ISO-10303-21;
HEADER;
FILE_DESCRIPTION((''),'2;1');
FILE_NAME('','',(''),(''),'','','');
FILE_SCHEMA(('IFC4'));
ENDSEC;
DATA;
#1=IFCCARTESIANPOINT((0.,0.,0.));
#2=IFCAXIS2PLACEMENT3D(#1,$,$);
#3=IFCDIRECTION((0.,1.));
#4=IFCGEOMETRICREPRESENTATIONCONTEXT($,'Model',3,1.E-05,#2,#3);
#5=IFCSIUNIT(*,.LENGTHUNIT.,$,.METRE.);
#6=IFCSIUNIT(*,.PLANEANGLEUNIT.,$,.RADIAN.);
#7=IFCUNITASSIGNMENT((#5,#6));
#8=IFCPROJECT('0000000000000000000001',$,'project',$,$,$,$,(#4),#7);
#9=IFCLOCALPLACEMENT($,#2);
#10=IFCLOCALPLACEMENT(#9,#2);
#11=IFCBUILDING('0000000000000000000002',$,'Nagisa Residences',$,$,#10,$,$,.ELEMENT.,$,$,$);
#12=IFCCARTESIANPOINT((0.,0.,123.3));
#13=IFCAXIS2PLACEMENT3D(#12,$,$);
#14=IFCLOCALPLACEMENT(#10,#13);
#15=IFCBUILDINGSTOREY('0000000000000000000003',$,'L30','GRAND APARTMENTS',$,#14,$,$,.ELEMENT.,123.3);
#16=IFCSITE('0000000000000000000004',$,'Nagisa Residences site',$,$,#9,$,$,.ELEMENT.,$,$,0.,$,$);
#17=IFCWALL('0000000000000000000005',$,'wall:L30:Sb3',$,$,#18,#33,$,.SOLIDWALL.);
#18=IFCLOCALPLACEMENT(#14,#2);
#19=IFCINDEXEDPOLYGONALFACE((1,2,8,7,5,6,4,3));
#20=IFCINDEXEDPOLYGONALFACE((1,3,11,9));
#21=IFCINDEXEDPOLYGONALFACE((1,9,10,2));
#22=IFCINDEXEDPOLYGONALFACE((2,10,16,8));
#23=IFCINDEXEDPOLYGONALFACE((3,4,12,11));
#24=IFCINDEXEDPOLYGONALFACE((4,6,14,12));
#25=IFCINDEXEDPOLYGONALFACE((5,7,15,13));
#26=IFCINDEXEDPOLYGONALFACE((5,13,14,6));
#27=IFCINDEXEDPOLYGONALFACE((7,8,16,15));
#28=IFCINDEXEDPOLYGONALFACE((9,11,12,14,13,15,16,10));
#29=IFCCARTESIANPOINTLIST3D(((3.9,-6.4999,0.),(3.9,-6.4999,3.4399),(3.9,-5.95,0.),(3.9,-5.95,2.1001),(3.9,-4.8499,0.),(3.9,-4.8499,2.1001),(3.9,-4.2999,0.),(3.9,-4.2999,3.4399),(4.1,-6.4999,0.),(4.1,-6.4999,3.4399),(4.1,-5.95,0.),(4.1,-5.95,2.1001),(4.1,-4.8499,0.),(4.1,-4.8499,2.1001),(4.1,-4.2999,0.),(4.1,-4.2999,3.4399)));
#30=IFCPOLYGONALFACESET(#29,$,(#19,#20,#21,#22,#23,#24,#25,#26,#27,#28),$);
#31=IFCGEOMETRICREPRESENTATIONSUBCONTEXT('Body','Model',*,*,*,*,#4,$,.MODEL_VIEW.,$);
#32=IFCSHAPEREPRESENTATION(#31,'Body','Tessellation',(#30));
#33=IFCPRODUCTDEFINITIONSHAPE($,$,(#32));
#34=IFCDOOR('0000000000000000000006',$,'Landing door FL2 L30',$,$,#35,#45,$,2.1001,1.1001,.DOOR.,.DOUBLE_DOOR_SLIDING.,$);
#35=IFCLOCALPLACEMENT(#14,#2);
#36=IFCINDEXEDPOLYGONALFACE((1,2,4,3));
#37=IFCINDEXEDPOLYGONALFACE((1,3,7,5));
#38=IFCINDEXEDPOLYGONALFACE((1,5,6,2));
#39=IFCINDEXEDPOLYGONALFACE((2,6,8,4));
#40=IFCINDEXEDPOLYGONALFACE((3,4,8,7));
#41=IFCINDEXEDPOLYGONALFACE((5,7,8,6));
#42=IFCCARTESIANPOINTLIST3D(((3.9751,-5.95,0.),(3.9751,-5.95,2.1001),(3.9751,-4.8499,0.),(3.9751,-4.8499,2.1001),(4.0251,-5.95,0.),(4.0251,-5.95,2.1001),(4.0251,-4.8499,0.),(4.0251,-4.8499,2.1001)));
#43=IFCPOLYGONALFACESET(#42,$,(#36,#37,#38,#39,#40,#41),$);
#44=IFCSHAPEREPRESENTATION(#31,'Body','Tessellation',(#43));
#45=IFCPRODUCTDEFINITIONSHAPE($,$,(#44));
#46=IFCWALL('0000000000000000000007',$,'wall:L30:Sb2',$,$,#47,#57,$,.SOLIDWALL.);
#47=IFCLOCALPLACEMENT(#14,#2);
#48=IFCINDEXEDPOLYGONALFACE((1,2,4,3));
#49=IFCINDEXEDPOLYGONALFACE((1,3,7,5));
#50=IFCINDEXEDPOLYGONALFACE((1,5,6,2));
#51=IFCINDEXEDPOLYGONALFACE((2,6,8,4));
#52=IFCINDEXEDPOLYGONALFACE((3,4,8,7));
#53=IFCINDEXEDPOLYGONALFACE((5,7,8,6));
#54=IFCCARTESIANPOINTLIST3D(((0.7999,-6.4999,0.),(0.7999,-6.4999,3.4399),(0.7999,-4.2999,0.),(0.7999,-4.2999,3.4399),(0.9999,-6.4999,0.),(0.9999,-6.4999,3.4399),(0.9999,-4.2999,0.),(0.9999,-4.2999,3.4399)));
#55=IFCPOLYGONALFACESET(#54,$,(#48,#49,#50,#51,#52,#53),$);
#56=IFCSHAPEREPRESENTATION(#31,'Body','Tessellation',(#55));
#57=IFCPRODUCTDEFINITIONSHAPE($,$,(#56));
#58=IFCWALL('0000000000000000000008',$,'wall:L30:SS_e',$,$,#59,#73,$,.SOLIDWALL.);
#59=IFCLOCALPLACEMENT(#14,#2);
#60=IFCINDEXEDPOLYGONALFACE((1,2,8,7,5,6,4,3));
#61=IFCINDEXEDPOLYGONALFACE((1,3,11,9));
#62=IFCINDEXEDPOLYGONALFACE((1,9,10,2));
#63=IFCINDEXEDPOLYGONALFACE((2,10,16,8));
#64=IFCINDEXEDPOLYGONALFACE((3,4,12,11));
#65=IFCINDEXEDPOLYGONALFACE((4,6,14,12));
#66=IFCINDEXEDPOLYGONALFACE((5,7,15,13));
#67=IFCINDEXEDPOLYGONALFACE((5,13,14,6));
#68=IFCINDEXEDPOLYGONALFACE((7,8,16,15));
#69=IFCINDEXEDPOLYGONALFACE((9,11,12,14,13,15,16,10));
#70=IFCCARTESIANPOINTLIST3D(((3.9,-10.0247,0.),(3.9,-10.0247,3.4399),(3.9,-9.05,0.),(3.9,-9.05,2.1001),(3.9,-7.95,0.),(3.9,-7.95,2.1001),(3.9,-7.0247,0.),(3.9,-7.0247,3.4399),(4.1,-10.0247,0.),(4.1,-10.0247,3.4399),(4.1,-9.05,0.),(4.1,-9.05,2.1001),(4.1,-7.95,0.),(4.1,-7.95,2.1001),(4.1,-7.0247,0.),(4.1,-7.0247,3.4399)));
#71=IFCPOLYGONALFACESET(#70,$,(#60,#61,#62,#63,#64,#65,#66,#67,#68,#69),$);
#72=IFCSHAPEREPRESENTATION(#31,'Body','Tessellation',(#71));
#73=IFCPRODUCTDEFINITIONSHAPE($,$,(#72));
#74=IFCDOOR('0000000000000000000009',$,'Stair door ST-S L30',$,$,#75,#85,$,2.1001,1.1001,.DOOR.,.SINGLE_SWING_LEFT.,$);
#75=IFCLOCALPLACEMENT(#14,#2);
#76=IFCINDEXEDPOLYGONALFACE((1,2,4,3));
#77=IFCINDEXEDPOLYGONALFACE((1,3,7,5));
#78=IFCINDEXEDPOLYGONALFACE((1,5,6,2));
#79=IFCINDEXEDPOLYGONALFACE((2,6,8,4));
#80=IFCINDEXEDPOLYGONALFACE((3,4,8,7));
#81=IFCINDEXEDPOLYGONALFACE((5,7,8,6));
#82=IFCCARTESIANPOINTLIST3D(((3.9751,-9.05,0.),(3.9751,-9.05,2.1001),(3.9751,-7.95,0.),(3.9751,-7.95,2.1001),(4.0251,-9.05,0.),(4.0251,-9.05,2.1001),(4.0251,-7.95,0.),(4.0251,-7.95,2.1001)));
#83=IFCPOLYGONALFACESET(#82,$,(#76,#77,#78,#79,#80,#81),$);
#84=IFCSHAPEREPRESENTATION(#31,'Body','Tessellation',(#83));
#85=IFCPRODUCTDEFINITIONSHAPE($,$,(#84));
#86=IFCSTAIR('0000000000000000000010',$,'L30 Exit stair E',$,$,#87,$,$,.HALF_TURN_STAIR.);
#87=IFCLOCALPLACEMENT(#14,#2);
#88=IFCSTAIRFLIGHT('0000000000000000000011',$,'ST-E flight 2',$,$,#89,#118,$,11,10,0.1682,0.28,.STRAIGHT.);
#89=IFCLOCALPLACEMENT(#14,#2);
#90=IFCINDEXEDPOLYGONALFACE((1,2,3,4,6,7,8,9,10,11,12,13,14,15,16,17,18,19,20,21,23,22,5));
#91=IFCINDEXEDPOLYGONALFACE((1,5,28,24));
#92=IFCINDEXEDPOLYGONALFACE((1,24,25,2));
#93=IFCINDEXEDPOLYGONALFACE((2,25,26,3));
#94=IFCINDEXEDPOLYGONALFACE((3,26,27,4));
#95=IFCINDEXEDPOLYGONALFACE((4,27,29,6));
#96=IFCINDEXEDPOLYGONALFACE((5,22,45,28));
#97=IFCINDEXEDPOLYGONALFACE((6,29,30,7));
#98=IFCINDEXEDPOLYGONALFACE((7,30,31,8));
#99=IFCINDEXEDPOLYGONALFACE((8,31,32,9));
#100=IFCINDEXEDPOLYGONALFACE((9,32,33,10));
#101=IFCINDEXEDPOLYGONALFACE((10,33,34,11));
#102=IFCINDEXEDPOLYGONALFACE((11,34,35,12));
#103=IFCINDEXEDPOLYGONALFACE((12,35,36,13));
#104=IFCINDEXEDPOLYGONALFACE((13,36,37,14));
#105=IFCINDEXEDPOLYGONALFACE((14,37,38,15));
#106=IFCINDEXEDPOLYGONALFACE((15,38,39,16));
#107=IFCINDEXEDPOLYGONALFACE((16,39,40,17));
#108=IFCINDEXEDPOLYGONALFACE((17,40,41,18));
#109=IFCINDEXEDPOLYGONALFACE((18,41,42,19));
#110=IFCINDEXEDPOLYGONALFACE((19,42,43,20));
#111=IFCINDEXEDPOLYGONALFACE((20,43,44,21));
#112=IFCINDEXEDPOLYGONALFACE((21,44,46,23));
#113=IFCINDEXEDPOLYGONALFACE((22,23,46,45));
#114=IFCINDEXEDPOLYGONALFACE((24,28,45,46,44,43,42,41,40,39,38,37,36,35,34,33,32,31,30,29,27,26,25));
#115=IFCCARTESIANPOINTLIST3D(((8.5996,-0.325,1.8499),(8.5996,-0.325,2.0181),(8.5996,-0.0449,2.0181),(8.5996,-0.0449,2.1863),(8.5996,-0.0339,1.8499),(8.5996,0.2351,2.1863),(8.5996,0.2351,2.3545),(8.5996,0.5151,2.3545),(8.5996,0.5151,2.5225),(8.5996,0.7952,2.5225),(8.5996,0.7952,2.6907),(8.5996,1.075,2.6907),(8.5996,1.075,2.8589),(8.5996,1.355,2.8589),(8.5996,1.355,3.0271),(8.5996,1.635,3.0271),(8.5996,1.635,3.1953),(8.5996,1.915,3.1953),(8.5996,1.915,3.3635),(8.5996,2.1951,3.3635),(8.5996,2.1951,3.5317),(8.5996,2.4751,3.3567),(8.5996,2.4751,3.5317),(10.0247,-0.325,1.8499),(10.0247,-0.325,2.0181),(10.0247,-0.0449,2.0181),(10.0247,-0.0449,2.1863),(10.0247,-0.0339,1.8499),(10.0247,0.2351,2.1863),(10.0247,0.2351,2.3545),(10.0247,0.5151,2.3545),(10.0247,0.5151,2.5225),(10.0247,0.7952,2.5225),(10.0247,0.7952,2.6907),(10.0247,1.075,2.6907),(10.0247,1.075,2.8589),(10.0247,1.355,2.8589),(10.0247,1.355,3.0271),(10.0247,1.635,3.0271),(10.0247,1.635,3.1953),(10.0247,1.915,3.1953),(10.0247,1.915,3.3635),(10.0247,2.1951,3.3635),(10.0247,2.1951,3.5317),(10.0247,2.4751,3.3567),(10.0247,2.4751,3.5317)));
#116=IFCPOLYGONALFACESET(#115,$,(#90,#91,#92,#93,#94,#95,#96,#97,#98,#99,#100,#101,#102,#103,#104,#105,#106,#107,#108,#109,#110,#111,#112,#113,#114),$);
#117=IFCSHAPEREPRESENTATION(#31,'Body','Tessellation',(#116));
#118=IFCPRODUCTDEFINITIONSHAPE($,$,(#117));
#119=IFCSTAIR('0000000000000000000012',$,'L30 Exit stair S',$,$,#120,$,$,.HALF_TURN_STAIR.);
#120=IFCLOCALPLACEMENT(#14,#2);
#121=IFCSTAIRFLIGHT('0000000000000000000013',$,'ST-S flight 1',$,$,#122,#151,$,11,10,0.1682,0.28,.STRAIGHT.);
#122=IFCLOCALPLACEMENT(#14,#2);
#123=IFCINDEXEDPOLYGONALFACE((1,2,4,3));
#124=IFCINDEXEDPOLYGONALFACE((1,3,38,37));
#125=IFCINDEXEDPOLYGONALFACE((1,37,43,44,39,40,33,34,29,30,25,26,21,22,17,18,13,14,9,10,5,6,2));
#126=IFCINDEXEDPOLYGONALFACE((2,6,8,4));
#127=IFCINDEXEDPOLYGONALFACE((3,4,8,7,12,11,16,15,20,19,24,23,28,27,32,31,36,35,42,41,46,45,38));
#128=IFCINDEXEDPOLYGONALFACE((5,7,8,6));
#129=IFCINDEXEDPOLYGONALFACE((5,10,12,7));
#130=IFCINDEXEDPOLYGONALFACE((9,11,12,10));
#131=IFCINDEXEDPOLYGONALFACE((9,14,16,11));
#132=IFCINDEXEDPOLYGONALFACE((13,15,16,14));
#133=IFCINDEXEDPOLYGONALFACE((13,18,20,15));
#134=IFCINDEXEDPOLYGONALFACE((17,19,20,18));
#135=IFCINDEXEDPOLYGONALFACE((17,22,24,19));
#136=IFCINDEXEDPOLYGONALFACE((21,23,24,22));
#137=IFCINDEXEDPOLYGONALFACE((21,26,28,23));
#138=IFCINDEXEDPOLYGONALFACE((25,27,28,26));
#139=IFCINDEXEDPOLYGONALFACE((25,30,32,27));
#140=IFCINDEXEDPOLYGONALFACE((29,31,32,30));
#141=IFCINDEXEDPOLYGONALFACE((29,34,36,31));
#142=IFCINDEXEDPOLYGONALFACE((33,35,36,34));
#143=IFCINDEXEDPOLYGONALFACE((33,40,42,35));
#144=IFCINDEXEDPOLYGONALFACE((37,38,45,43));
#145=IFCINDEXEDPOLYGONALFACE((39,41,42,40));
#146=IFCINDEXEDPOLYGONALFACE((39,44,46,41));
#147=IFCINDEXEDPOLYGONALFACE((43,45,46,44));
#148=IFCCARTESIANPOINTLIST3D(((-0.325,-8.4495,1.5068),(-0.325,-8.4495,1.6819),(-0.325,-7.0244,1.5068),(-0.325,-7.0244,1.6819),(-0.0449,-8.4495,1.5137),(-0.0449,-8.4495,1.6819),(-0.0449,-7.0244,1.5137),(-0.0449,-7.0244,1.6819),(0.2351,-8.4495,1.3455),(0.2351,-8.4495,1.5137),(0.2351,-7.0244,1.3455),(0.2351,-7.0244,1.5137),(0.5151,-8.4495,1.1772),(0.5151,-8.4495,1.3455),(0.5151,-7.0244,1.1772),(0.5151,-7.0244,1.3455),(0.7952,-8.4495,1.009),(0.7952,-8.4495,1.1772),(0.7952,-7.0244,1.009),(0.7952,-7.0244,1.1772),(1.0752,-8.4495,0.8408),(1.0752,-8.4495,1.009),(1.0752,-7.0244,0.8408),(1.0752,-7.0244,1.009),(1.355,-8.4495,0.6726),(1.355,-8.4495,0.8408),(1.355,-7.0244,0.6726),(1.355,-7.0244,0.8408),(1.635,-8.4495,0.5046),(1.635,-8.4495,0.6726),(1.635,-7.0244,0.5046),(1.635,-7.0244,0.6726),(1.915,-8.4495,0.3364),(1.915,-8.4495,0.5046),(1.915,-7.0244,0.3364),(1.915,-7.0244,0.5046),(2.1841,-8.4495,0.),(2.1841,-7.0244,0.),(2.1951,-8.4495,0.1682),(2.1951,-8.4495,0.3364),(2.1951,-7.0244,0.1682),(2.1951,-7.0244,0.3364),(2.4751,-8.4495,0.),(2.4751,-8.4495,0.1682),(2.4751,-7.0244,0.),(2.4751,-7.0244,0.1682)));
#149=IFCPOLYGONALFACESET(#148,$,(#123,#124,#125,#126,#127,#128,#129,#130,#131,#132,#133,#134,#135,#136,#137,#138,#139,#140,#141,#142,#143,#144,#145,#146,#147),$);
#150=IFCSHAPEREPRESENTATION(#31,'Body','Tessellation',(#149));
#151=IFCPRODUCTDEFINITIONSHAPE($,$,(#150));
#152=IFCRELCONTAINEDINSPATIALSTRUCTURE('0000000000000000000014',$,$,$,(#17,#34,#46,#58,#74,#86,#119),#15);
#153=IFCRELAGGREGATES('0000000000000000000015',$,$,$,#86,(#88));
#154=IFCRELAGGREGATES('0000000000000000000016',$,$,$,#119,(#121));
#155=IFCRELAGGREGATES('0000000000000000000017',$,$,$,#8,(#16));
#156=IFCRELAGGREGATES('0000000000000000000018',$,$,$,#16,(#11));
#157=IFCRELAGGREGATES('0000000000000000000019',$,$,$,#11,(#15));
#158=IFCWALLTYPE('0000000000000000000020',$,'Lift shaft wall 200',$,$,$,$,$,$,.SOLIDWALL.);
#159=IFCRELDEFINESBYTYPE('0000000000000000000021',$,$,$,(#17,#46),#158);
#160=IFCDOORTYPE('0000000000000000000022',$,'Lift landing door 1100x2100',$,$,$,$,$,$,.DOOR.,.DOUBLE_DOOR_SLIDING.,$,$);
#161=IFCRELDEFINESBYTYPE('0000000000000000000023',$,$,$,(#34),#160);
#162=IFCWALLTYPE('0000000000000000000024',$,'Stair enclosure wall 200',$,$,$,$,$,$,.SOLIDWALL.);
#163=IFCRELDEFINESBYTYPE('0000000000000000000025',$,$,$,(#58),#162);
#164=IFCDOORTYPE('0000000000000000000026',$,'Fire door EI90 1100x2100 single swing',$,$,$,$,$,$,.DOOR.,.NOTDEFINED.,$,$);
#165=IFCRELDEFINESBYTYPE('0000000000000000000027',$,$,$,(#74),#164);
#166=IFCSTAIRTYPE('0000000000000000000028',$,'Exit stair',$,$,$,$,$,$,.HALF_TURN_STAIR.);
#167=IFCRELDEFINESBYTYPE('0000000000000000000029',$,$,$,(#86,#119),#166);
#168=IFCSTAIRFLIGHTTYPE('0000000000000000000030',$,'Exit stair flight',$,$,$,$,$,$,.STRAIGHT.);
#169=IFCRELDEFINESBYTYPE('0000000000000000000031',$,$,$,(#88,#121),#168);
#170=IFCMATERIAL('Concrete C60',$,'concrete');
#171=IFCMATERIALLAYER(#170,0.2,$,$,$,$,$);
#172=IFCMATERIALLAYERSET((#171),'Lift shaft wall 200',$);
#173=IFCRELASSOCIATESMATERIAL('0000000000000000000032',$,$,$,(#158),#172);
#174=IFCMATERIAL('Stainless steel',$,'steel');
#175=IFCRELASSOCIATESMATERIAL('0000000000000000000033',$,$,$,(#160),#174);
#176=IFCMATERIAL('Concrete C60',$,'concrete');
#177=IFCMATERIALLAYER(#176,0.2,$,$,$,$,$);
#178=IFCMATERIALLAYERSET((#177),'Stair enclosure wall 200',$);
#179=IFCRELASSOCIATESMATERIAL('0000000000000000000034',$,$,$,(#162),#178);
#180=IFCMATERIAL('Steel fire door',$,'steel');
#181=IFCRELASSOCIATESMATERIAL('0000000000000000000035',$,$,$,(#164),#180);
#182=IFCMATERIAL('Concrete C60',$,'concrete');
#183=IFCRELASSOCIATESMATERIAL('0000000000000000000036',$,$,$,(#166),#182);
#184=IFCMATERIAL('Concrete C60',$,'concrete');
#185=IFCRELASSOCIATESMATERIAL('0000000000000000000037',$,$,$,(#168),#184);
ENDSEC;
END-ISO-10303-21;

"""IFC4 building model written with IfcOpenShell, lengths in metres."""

from ifc_helpers import new_model, si_unit, direction, frame, frame_2d, origin, place, context, subcontext, project, spatial, polyline, rectangle, outline, extrude, material, layer, layer_set, type_object, element, fill, aggregate, save


model = new_model("IFC4")

# Units and contexts
model_context = context("Model", 3, precision=1e-05, world=origin(), true_north=direction((0.0, 1.0)))
body_context = subcontext(model_context, "Body", "Model", "MODEL_VIEW")
ifc_project = project(units=[si_unit("LENGTHUNIT", "METRE"), si_unit("PLANEANGLEUNIT", "RADIAN")], contexts=[model_context])

# Site, building, storey
site_placement = place(None, origin())
site = spatial("IfcSite", under=ifc_project, at=site_placement, Name="Nagisa Residences site", CompositionType="ELEMENT", RefElevation=0.0)
building_placement = place(site_placement, origin())
building = spatial("IfcBuilding", under=site, at=building_placement, Name="Nagisa Residences", CompositionType="ELEMENT")
storey_placement = place(building_placement, frame((0.0, 0.0, 123.3)))
storey = spatial("IfcBuildingStorey", under=building, at=storey_placement, Name="L30", Description="GRAND APARTMENTS", CompositionType="ELEMENT", Elevation=123.3)

# Wall, opening, door
ifc_material_1 = material(Name="Concrete C60", Category="concrete")
ifc_layer_1 = layer(ifc_material_1, 0.2)
ifc_layer_set_1 = layer_set([ifc_layer_1], Name="Lift shaft wall 200")
wall_type_1 = type_object("IfcWallType", Name="Lift shaft wall 200", PredefinedType="SOLIDWALL", material=ifc_layer_set_1)
wall_1_placement = place(storey_placement, frame((4.0, -6.5, 0.0), z_axis=(0.0, 0.0, 1.0), x_axis=(0.0, 1.0, 0.0)))
wall_1 = element("IfcWall", 1, at=wall_1_placement, inside=storey, type_object=wall_type_1, Name="wall:L30:Sb3", PredefinedType="SOLIDWALL", context=body_context, shape_type="SweptSolid", body=[
    extrude(rectangle(XDim=2.2, YDim=0.2, at=frame_2d((1.1001, 0.0))), origin(), (0.0, 0.0, 1.0), 3.4399),
])
opening_1_placement = place(wall_1_placement, frame((0.55, 0.0, 0.0)))
opening_1 = element("IfcOpeningElement", 2, at=opening_1_placement, cuts=wall_1, PredefinedType="OPENING", context=body_context, shape_type="SweptSolid", body=[
    extrude(rectangle(XDim=1.1001, YDim=2.1001, at=frame_2d((0.55, 1.05))), frame((0.0, 0.1099, 0.0), z_axis=(0.0, -1.0, 0.0), x_axis=(1.0, 0.0, 0.0)), (0.0, 0.0, 1.0), 0.22),
])
ifc_material_2 = material(Name="Stainless steel", Category="steel")
door_type_1 = type_object("IfcDoorType", Name="Lift landing door 1100x2100", OperationType="DOUBLE_DOOR_SLIDING", PredefinedType="DOOR", material=ifc_material_2)
door_1_placement = place(opening_1_placement, origin())
door_1 = element("IfcDoor", 3, at=door_1_placement, inside=storey, type_object=door_type_1, Name="Landing door FL2 L30", OperationType="DOUBLE_DOOR_SLIDING", OverallHeight=2.1001, OverallWidth=1.1001, PredefinedType="DOOR", context=body_context, shape_type="SweptSolid", body=[
    extrude(rectangle(XDim=1.1001, YDim=2.1001, at=frame_2d((0.55, 1.05))), frame((0.0, 0.0249, 0.0), z_axis=(0.0, -1.0, 0.0), x_axis=(1.0, 0.0, 0.0)), (0.0, 0.0, 1.0), 0.05),
])
fill(opening_1, door_1)

# Wall
wall_2_placement = place(storey_placement, frame((0.8999, -6.5, 0.0), z_axis=(0.0, 0.0, 1.0), x_axis=(0.0, 1.0, 0.0)))
element("IfcWall", 4, at=wall_2_placement, inside=storey, type_object=wall_type_1, Name="wall:L30:Sb2", PredefinedType="SOLIDWALL", context=body_context, shape_type="SweptSolid", body=[
    extrude(rectangle(XDim=2.2, YDim=0.2, at=frame_2d((1.1001, 0.0))), origin(), (0.0, 0.0, 1.0), 3.4399),
])

# Wall, opening, door
ifc_material_3 = material(Name="Concrete C60", Category="concrete")
ifc_layer_2 = layer(ifc_material_3, 0.2)
ifc_layer_set_2 = layer_set([ifc_layer_2], Name="Stair enclosure wall 200")
wall_type_2 = type_object("IfcWallType", Name="Stair enclosure wall 200", PredefinedType="SOLIDWALL", material=ifc_layer_set_2)
wall_3_placement = place(storey_placement, frame((4.0, -10.0247, 0.0), z_axis=(0.0, 0.0, 1.0), x_axis=(0.0, 1.0, 0.0)))
wall_3 = element("IfcWall", 5, at=wall_3_placement, inside=storey, type_object=wall_type_2, Name="wall:L30:SS_e", PredefinedType="SOLIDWALL", context=body_context, shape_type="SweptSolid", body=[
    extrude(rectangle(XDim=3.0, YDim=0.2, at=frame_2d((1.5, 0.0))), origin(), (0.0, 0.0, 1.0), 3.4399),
])
opening_2_placement = place(wall_3_placement, frame((0.9746, 0.0, 0.0)))
opening_2 = element("IfcOpeningElement", 6, at=opening_2_placement, cuts=wall_3, PredefinedType="OPENING", context=body_context, shape_type="SweptSolid", body=[
    extrude(rectangle(XDim=1.1001, YDim=2.1001, at=frame_2d((0.55, 1.05))), frame((0.0, 0.1099, 0.0), z_axis=(0.0, -1.0, 0.0), x_axis=(1.0, 0.0, 0.0)), (0.0, 0.0, 1.0), 0.22),
])
ifc_material_4 = material(Name="Steel fire door", Category="steel")
door_type_2 = type_object("IfcDoorType", Name="Fire door EI90 1100x2100 single swing", OperationType="NOTDEFINED", PredefinedType="DOOR", material=ifc_material_4)
door_2_placement = place(opening_2_placement, origin())
door_2 = element("IfcDoor", 7, at=door_2_placement, inside=storey, type_object=door_type_2, Name="Stair door ST-S L30", OperationType="SINGLE_SWING_LEFT", OverallHeight=2.1001, OverallWidth=1.1001, PredefinedType="DOOR", context=body_context, shape_type="SweptSolid", body=[
    extrude(rectangle(XDim=1.1001, YDim=2.1001, at=frame_2d((0.55, 1.05))), frame((0.0, 0.0249, 0.0), z_axis=(0.0, -1.0, 0.0), x_axis=(1.0, 0.0, 0.0)), (0.0, 0.0, 1.0), 0.05),
])
fill(opening_2, door_2)

# Stair, stair flight
ifc_material_5 = material(Name="Concrete C60", Category="concrete")
stair_type = type_object("IfcStairType", Name="Exit stair", PredefinedType="HALF_TURN_STAIR", material=ifc_material_5)
stair_1_placement = place(storey_placement, origin())
stair_1 = element("IfcStair", 8, at=stair_1_placement, inside=storey, type_object=stair_type, Name="L30 Exit stair E", PredefinedType="HALF_TURN_STAIR")
ifc_material_6 = material(Name="Concrete C60", Category="concrete")
stair_flight_type = type_object("IfcStairFlightType", Name="Exit stair flight", PredefinedType="STRAIGHT", material=ifc_material_6)
stair_flight_1_placement = place(storey_placement, frame((9.312, -0.325, 1.8499), z_axis=(0.0, 0.0, 1.0), x_axis=(0.0, 1.0, 0.0)))
stair_flight_1 = element("IfcStairFlight", 9, at=stair_flight_1_placement, type_object=stair_flight_type, Name="ST-E flight 2", NumberOfRisers=11, NumberOfTreads=10, PredefinedType="STRAIGHT", RiserHeight=0.1682, TreadLength=0.28, context=body_context, shape_type="SweptSolid", body=[
    extrude(outline(polyline([(0.0, 0.0), (0.0, 0.1682), (0.28, 0.1682), (0.28, 0.3364), (0.5601, 0.3364), (0.5601, 0.5046), (0.8401, 0.5046), (0.8401, 0.6726), (1.1201, 0.6726), (1.1201, 0.8408), (1.3999, 0.8408), (1.3999, 1.009), (1.6799, 1.009), (1.6799, 1.1772), (1.96, 1.1772), (1.96, 1.3455), (2.24, 1.3455), (2.24, 1.5137), (2.52, 1.5137), (2.52, 1.6819), (2.8, 1.6819), (2.8, 1.8501), (2.8, 1.5068), (0.291, 0.0), (0.0, 0.0)])), frame((0.0, 0.7124, 0.0), z_axis=(0.0, -1.0, 0.0), x_axis=(1.0, 0.0, 0.0)), (0.0, 0.0, 1.0), 1.425),
])
aggregate(stair_1, [stair_flight_1])

# Stair, stair flight
stair_2_placement = place(storey_placement, origin())
stair_2 = element("IfcStair", 10, at=stair_2_placement, inside=storey, type_object=stair_type, Name="L30 Exit stair S", PredefinedType="HALF_TURN_STAIR")
stair_flight_2_placement = place(storey_placement, frame((2.4751, -7.7371, 0.0), z_axis=(0.0, 0.0, 1.0), x_axis=(-1.0, 0.0, 0.0)))
stair_flight_2 = element("IfcStairFlight", 11, at=stair_flight_2_placement, type_object=stair_flight_type, Name="ST-S flight 1", NumberOfRisers=11, NumberOfTreads=10, PredefinedType="STRAIGHT", RiserHeight=0.1682, TreadLength=0.28, context=body_context, shape_type="SweptSolid", body=[
    extrude(outline(polyline([(0.0, 0.0), (0.0, 0.1682), (0.28, 0.1682), (0.28, 0.3364), (0.5601, 0.3364), (0.5601, 0.5046), (0.8401, 0.5046), (0.8401, 0.6726), (1.1201, 0.6726), (1.1201, 0.8408), (1.3999, 0.8408), (1.3999, 1.009), (1.6799, 1.009), (1.6799, 1.1772), (1.96, 1.1772), (1.96, 1.3455), (2.24, 1.3455), (2.24, 1.5137), (2.52, 1.5137), (2.52, 1.6819), (2.8, 1.6819), (2.8, 1.8501), (2.8, 1.5068), (0.291, 0.0), (0.0, 0.0)])), frame((0.0, 0.7124, 0.0), z_axis=(0.0, -1.0, 0.0), x_axis=(1.0, 0.0, 0.0)), (0.0, 0.0, 1.0), 1.425),
])
aggregate(stair_2, [stair_flight_2])

save(model, "model.ifc")
